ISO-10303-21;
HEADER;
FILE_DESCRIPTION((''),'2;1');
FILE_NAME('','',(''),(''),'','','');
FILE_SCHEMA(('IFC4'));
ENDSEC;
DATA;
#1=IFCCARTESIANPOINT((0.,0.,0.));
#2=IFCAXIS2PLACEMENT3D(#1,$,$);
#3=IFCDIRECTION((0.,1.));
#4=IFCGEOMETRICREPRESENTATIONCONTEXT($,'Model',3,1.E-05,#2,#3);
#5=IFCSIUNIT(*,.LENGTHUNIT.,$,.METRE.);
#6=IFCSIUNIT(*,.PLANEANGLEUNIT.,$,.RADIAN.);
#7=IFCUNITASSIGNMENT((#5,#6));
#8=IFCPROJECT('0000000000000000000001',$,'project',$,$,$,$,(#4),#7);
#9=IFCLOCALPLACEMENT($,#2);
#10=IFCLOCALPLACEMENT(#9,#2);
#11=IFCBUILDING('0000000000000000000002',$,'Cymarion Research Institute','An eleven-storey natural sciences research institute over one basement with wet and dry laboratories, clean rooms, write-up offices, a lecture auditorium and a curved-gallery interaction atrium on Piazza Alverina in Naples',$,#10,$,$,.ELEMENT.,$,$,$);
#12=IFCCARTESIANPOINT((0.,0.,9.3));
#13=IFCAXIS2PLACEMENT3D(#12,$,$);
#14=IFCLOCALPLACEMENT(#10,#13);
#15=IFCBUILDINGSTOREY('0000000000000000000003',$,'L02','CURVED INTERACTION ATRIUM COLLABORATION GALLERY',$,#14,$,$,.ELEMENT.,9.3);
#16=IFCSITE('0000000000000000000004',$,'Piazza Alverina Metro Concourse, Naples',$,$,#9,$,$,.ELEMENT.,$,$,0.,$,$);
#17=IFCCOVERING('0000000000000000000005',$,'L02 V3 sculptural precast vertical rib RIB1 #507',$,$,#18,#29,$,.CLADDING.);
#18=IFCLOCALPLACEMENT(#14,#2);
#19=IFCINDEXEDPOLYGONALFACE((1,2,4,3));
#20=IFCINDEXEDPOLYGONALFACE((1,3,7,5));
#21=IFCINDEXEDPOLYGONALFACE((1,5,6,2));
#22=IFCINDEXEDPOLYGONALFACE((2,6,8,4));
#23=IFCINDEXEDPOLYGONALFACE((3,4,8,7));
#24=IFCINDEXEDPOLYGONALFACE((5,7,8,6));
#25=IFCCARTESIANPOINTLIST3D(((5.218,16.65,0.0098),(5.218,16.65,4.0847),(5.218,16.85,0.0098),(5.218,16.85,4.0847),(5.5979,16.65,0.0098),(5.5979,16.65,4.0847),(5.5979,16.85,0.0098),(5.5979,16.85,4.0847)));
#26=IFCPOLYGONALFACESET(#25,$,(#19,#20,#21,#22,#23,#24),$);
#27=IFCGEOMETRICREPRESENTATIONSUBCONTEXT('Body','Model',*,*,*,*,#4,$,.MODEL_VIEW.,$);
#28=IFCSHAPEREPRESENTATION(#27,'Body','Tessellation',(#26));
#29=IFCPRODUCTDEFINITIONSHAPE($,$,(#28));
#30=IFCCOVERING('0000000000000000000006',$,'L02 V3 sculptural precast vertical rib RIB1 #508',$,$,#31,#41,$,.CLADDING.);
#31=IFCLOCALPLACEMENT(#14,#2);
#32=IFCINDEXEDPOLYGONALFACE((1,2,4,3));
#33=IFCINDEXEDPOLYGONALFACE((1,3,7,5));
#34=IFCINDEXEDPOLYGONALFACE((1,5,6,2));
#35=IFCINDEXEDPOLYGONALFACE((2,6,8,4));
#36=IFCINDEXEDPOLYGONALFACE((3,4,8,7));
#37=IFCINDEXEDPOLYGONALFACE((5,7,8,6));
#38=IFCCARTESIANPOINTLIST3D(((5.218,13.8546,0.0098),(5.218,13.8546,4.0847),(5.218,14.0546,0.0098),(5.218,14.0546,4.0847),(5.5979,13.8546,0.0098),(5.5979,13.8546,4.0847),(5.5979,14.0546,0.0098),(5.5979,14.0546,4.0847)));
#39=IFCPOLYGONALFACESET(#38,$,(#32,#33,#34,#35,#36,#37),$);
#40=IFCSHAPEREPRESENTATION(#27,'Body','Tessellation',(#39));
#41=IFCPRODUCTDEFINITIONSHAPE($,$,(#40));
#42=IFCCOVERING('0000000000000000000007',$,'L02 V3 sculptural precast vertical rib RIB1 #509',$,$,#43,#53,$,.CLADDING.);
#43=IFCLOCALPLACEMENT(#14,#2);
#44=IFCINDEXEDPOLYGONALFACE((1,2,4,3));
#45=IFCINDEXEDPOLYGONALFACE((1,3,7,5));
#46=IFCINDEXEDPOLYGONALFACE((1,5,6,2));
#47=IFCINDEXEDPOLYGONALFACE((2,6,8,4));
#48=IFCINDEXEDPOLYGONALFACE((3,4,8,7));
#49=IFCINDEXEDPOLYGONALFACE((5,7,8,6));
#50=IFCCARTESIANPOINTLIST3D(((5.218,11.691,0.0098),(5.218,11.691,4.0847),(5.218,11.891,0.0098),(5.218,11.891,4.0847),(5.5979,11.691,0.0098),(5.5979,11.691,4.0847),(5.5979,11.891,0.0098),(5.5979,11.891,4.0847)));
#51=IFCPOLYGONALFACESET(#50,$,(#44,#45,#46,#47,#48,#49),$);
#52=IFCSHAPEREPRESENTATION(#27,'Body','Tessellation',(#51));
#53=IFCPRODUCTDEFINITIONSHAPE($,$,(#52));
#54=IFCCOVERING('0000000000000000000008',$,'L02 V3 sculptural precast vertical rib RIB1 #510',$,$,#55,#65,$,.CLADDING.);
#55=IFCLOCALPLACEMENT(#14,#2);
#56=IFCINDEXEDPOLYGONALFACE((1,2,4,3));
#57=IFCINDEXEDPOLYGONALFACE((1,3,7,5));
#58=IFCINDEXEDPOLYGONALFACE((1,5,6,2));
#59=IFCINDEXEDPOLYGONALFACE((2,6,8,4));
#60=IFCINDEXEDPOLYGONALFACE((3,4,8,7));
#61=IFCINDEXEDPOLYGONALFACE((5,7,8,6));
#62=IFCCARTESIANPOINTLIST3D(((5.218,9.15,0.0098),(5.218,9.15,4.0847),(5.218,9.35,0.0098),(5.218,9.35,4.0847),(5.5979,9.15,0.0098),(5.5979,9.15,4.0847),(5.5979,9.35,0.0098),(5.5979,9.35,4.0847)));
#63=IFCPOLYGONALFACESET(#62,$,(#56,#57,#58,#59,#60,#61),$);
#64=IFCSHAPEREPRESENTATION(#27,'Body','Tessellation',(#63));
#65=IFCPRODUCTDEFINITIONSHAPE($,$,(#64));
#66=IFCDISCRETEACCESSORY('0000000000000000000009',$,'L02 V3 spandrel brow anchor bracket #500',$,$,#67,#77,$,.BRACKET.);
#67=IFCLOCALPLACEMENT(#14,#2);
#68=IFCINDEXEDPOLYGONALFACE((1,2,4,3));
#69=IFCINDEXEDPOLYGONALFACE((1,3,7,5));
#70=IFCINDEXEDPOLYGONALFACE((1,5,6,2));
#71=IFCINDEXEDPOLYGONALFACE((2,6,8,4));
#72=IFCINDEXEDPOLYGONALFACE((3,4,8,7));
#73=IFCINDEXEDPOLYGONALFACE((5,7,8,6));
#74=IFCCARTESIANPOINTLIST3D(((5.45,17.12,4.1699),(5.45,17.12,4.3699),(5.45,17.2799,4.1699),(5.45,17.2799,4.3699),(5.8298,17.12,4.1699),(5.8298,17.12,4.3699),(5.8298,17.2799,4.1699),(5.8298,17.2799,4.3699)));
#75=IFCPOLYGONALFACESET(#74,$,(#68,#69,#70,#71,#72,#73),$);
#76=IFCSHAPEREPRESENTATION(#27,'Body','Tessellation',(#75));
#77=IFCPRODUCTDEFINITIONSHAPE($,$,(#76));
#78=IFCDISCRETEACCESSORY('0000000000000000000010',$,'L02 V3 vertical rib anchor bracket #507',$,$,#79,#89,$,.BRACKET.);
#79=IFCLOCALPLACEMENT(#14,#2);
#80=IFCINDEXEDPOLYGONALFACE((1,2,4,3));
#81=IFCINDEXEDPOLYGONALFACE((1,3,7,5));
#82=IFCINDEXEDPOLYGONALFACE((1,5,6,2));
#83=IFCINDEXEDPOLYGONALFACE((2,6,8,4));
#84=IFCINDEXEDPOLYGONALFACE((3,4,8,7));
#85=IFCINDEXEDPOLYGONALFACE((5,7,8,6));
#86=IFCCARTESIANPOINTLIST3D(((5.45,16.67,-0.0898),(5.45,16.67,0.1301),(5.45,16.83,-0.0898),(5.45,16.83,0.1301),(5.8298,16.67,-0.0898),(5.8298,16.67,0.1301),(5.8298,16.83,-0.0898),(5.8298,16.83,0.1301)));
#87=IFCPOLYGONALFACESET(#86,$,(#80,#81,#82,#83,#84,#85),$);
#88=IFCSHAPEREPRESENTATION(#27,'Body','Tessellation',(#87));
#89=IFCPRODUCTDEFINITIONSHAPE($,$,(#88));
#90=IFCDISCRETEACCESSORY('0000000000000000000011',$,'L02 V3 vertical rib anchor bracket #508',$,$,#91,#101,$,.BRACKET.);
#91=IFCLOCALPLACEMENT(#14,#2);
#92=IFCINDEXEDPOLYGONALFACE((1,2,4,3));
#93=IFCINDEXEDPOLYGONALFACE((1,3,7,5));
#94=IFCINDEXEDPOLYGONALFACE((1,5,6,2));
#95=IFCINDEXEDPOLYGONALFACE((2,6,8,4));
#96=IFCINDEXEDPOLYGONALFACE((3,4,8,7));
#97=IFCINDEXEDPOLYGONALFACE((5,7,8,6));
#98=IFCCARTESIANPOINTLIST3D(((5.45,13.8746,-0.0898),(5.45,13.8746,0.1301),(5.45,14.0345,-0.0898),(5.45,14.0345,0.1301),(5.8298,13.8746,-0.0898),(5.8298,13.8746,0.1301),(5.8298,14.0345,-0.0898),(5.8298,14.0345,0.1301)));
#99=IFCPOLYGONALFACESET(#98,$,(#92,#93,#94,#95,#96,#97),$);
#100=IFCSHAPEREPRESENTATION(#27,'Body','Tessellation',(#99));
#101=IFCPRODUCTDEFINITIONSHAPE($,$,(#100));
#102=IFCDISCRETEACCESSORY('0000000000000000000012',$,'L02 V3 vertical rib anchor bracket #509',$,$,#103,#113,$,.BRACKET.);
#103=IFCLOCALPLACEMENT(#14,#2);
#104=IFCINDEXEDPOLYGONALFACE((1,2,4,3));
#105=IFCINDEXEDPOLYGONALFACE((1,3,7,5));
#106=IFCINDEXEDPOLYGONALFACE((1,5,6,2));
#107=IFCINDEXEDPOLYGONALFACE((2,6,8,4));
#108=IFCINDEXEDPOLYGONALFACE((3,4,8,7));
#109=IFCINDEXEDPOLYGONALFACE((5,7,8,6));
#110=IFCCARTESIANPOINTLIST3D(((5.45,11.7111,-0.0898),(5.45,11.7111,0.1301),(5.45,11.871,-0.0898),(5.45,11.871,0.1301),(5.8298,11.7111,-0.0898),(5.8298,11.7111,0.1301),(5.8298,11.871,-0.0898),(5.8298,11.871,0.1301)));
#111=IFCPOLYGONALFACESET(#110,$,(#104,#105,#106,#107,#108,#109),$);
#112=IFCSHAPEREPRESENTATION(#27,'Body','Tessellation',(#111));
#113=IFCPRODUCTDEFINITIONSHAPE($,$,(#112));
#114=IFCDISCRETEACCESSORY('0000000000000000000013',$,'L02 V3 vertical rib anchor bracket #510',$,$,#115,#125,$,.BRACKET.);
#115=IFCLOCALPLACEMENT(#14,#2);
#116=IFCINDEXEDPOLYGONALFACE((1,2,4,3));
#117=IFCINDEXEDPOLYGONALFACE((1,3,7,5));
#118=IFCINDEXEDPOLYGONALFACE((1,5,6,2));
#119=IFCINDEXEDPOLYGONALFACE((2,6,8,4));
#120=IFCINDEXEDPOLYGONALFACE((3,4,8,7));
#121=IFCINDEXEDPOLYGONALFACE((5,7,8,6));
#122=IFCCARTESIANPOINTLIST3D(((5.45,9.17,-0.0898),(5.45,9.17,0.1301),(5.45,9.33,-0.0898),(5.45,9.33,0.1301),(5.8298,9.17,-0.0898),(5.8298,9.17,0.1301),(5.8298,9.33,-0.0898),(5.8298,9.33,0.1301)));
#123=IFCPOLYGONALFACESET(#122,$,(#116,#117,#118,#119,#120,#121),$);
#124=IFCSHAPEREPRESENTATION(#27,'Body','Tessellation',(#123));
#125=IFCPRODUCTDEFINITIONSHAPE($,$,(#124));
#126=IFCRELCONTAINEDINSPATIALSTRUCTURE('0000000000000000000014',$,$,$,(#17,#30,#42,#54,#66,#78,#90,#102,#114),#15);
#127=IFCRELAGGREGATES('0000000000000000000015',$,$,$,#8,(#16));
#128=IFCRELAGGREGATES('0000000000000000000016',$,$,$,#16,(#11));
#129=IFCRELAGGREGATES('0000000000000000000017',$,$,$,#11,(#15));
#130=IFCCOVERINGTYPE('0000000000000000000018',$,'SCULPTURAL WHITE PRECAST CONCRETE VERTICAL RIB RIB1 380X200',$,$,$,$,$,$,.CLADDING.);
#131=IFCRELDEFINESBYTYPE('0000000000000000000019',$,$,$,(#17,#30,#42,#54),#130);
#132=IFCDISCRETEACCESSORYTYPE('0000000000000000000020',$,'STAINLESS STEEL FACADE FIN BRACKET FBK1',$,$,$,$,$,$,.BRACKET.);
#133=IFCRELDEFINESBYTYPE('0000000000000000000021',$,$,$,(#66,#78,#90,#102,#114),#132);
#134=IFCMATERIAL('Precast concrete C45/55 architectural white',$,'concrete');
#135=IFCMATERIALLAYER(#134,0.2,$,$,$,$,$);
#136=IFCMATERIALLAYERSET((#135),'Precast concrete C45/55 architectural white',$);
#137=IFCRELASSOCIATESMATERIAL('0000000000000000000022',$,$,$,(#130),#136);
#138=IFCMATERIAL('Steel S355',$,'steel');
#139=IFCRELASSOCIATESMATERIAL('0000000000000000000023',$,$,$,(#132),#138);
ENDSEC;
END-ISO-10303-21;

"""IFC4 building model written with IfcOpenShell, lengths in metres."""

from ifc_helpers import new_model, si_unit, direction, frame, origin, origin_2d, place, context, subcontext, project, spatial, rectangle, extrude, material, layer, layer_set, type_object, element, save


model = new_model("IFC4")

# Units and contexts
model_context = context("Model", 3, precision=1e-05, world=origin(), true_north=direction((0.0, 1.0)))
body_context = subcontext(model_context, "Body", "Model", "MODEL_VIEW")
ifc_project = project(units=[si_unit("LENGTHUNIT", "METRE"), si_unit("PLANEANGLEUNIT", "RADIAN")], contexts=[model_context])

# Site, building, storey
site_placement = place(None, origin())
site = spatial("IfcSite", under=ifc_project, at=site_placement, Name="Piazza Alverina Metro Concourse, Naples", CompositionType="ELEMENT", RefElevation=0.0)
building_placement = place(site_placement, origin())
building = spatial("IfcBuilding", under=site, at=building_placement, Name="Cymarion Research Institute", Description="An eleven-storey natural sciences research institute over one basement with wet and dry laboratories, clean rooms, write-up offices, a lecture auditorium and a curved-gallery interaction atrium on Piazza Alverina in Naples", CompositionType="ELEMENT")
storey_placement = place(building_placement, frame((0.0, 0.0, 9.3)))
storey = spatial("IfcBuildingStorey", under=building, at=storey_placement, Name="L02", Description="CURVED INTERACTION ATRIUM COLLABORATION GALLERY", CompositionType="ELEMENT", Elevation=9.3)

# Shared definitions
ifc_material_1 = material(Name="Steel S355", Category="steel")

# Coverings
ifc_material_2 = material(Name="Precast concrete C45/55 architectural white", Category="concrete")
ifc_layer_1 = layer(ifc_material_2, 0.2)
ifc_layer_set_1 = layer_set([ifc_layer_1], Name="Precast concrete C45/55 architectural white")
covering_type_1 = type_object("IfcCoveringType", Name="SCULPTURAL WHITE PRECAST CONCRETE VERTICAL RIB RIB1 380X200", PredefinedType="CLADDING", material=ifc_layer_set_1)
for number, where, z_axis, x_axis, name in (
    (1, (5.408, 16.75, 0.0098), (0.0, 0.0, 1.0), (-1.0, 0.0, 0.0), "L02 V3 sculptural precast vertical rib RIB1 #507"),
    (2, (5.408, 13.9546, 0.0098), (0.0, 0.0, 1.0), (-1.0, 0.0, 0.0), "L02 V3 sculptural precast vertical rib RIB1 #508"),
    (3, (5.408, 11.791, 0.0098), (0.0, 0.0, 1.0), (-1.0, 0.0, 0.0), "L02 V3 sculptural precast vertical rib RIB1 #509"),
    (4, (5.408, 9.25, 0.0098), (0.0, 0.0, 1.0), (-1.0, 0.0, 0.0), "L02 V3 sculptural precast vertical rib RIB1 #510"),
):
    element("IfcCovering", number, at=place(storey_placement, frame(where, z_axis=z_axis, x_axis=x_axis)), inside=storey, type_object=covering_type_1, Name=name, PredefinedType="CLADDING", context=body_context, shape_type="SweptSolid", body=[
        extrude(rectangle(XDim=0.3799, YDim=0.2, at=origin_2d()), origin(), (0.0, 0.0, 1.0), 4.075),
    ])

# Discrete accessories
discrete_accessory_type = type_object("IfcDiscreteAccessoryType", Name="STAINLESS STEEL FACADE FIN BRACKET FBK1", PredefinedType="BRACKET", material=ifc_material_1)
discrete_accessory_placement = place(storey_placement, frame((5.6399, 17.2, 4.1699), z_axis=(0.0, 0.0, 1.0), x_axis=(-1.0, 0.0, 0.0)))
element("IfcDiscreteAccessory", 5, at=discrete_accessory_placement, inside=storey, type_object=discrete_accessory_type, Name="L02 V3 spandrel brow anchor bracket #500", PredefinedType="BRACKET", context=body_context, shape_type="SweptSolid", body=[
    extrude(rectangle(XDim=0.3799, YDim=0.1599, at=origin_2d()), origin(), (0.0, 0.0, 1.0), 0.2),
])
for number, where, z_axis, x_axis, name in (
    (6, (5.6399, 16.75, -0.0898), (0.0, 0.0, 1.0), (-1.0, 0.0, 0.0), "L02 V3 vertical rib anchor bracket #507"),
    (7, (5.6399, 13.9546, -0.0898), (0.0, 0.0, 1.0), (-1.0, 0.0, 0.0), "L02 V3 vertical rib anchor bracket #508"),
    (8, (5.6399, 11.791, -0.0898), (0.0, 0.0, 1.0), (-1.0, 0.0, 0.0), "L02 V3 vertical rib anchor bracket #509"),
    (9, (5.6399, 9.25, -0.0898), (0.0, 0.0, 1.0), (-1.0, 0.0, 0.0), "L02 V3 vertical rib anchor bracket #510"),
):
    element("IfcDiscreteAccessory", number, at=place(storey_placement, frame(where, z_axis=z_axis, x_axis=x_axis)), inside=storey, type_object=discrete_accessory_type, Name=name, PredefinedType="BRACKET", context=body_context, shape_type="SweptSolid", body=[
        extrude(rectangle(XDim=0.3799, YDim=0.1599, at=origin_2d()), origin(), (0.0, 0.0, 1.0), 0.22),
    ])

save(model, "model.ifc")
